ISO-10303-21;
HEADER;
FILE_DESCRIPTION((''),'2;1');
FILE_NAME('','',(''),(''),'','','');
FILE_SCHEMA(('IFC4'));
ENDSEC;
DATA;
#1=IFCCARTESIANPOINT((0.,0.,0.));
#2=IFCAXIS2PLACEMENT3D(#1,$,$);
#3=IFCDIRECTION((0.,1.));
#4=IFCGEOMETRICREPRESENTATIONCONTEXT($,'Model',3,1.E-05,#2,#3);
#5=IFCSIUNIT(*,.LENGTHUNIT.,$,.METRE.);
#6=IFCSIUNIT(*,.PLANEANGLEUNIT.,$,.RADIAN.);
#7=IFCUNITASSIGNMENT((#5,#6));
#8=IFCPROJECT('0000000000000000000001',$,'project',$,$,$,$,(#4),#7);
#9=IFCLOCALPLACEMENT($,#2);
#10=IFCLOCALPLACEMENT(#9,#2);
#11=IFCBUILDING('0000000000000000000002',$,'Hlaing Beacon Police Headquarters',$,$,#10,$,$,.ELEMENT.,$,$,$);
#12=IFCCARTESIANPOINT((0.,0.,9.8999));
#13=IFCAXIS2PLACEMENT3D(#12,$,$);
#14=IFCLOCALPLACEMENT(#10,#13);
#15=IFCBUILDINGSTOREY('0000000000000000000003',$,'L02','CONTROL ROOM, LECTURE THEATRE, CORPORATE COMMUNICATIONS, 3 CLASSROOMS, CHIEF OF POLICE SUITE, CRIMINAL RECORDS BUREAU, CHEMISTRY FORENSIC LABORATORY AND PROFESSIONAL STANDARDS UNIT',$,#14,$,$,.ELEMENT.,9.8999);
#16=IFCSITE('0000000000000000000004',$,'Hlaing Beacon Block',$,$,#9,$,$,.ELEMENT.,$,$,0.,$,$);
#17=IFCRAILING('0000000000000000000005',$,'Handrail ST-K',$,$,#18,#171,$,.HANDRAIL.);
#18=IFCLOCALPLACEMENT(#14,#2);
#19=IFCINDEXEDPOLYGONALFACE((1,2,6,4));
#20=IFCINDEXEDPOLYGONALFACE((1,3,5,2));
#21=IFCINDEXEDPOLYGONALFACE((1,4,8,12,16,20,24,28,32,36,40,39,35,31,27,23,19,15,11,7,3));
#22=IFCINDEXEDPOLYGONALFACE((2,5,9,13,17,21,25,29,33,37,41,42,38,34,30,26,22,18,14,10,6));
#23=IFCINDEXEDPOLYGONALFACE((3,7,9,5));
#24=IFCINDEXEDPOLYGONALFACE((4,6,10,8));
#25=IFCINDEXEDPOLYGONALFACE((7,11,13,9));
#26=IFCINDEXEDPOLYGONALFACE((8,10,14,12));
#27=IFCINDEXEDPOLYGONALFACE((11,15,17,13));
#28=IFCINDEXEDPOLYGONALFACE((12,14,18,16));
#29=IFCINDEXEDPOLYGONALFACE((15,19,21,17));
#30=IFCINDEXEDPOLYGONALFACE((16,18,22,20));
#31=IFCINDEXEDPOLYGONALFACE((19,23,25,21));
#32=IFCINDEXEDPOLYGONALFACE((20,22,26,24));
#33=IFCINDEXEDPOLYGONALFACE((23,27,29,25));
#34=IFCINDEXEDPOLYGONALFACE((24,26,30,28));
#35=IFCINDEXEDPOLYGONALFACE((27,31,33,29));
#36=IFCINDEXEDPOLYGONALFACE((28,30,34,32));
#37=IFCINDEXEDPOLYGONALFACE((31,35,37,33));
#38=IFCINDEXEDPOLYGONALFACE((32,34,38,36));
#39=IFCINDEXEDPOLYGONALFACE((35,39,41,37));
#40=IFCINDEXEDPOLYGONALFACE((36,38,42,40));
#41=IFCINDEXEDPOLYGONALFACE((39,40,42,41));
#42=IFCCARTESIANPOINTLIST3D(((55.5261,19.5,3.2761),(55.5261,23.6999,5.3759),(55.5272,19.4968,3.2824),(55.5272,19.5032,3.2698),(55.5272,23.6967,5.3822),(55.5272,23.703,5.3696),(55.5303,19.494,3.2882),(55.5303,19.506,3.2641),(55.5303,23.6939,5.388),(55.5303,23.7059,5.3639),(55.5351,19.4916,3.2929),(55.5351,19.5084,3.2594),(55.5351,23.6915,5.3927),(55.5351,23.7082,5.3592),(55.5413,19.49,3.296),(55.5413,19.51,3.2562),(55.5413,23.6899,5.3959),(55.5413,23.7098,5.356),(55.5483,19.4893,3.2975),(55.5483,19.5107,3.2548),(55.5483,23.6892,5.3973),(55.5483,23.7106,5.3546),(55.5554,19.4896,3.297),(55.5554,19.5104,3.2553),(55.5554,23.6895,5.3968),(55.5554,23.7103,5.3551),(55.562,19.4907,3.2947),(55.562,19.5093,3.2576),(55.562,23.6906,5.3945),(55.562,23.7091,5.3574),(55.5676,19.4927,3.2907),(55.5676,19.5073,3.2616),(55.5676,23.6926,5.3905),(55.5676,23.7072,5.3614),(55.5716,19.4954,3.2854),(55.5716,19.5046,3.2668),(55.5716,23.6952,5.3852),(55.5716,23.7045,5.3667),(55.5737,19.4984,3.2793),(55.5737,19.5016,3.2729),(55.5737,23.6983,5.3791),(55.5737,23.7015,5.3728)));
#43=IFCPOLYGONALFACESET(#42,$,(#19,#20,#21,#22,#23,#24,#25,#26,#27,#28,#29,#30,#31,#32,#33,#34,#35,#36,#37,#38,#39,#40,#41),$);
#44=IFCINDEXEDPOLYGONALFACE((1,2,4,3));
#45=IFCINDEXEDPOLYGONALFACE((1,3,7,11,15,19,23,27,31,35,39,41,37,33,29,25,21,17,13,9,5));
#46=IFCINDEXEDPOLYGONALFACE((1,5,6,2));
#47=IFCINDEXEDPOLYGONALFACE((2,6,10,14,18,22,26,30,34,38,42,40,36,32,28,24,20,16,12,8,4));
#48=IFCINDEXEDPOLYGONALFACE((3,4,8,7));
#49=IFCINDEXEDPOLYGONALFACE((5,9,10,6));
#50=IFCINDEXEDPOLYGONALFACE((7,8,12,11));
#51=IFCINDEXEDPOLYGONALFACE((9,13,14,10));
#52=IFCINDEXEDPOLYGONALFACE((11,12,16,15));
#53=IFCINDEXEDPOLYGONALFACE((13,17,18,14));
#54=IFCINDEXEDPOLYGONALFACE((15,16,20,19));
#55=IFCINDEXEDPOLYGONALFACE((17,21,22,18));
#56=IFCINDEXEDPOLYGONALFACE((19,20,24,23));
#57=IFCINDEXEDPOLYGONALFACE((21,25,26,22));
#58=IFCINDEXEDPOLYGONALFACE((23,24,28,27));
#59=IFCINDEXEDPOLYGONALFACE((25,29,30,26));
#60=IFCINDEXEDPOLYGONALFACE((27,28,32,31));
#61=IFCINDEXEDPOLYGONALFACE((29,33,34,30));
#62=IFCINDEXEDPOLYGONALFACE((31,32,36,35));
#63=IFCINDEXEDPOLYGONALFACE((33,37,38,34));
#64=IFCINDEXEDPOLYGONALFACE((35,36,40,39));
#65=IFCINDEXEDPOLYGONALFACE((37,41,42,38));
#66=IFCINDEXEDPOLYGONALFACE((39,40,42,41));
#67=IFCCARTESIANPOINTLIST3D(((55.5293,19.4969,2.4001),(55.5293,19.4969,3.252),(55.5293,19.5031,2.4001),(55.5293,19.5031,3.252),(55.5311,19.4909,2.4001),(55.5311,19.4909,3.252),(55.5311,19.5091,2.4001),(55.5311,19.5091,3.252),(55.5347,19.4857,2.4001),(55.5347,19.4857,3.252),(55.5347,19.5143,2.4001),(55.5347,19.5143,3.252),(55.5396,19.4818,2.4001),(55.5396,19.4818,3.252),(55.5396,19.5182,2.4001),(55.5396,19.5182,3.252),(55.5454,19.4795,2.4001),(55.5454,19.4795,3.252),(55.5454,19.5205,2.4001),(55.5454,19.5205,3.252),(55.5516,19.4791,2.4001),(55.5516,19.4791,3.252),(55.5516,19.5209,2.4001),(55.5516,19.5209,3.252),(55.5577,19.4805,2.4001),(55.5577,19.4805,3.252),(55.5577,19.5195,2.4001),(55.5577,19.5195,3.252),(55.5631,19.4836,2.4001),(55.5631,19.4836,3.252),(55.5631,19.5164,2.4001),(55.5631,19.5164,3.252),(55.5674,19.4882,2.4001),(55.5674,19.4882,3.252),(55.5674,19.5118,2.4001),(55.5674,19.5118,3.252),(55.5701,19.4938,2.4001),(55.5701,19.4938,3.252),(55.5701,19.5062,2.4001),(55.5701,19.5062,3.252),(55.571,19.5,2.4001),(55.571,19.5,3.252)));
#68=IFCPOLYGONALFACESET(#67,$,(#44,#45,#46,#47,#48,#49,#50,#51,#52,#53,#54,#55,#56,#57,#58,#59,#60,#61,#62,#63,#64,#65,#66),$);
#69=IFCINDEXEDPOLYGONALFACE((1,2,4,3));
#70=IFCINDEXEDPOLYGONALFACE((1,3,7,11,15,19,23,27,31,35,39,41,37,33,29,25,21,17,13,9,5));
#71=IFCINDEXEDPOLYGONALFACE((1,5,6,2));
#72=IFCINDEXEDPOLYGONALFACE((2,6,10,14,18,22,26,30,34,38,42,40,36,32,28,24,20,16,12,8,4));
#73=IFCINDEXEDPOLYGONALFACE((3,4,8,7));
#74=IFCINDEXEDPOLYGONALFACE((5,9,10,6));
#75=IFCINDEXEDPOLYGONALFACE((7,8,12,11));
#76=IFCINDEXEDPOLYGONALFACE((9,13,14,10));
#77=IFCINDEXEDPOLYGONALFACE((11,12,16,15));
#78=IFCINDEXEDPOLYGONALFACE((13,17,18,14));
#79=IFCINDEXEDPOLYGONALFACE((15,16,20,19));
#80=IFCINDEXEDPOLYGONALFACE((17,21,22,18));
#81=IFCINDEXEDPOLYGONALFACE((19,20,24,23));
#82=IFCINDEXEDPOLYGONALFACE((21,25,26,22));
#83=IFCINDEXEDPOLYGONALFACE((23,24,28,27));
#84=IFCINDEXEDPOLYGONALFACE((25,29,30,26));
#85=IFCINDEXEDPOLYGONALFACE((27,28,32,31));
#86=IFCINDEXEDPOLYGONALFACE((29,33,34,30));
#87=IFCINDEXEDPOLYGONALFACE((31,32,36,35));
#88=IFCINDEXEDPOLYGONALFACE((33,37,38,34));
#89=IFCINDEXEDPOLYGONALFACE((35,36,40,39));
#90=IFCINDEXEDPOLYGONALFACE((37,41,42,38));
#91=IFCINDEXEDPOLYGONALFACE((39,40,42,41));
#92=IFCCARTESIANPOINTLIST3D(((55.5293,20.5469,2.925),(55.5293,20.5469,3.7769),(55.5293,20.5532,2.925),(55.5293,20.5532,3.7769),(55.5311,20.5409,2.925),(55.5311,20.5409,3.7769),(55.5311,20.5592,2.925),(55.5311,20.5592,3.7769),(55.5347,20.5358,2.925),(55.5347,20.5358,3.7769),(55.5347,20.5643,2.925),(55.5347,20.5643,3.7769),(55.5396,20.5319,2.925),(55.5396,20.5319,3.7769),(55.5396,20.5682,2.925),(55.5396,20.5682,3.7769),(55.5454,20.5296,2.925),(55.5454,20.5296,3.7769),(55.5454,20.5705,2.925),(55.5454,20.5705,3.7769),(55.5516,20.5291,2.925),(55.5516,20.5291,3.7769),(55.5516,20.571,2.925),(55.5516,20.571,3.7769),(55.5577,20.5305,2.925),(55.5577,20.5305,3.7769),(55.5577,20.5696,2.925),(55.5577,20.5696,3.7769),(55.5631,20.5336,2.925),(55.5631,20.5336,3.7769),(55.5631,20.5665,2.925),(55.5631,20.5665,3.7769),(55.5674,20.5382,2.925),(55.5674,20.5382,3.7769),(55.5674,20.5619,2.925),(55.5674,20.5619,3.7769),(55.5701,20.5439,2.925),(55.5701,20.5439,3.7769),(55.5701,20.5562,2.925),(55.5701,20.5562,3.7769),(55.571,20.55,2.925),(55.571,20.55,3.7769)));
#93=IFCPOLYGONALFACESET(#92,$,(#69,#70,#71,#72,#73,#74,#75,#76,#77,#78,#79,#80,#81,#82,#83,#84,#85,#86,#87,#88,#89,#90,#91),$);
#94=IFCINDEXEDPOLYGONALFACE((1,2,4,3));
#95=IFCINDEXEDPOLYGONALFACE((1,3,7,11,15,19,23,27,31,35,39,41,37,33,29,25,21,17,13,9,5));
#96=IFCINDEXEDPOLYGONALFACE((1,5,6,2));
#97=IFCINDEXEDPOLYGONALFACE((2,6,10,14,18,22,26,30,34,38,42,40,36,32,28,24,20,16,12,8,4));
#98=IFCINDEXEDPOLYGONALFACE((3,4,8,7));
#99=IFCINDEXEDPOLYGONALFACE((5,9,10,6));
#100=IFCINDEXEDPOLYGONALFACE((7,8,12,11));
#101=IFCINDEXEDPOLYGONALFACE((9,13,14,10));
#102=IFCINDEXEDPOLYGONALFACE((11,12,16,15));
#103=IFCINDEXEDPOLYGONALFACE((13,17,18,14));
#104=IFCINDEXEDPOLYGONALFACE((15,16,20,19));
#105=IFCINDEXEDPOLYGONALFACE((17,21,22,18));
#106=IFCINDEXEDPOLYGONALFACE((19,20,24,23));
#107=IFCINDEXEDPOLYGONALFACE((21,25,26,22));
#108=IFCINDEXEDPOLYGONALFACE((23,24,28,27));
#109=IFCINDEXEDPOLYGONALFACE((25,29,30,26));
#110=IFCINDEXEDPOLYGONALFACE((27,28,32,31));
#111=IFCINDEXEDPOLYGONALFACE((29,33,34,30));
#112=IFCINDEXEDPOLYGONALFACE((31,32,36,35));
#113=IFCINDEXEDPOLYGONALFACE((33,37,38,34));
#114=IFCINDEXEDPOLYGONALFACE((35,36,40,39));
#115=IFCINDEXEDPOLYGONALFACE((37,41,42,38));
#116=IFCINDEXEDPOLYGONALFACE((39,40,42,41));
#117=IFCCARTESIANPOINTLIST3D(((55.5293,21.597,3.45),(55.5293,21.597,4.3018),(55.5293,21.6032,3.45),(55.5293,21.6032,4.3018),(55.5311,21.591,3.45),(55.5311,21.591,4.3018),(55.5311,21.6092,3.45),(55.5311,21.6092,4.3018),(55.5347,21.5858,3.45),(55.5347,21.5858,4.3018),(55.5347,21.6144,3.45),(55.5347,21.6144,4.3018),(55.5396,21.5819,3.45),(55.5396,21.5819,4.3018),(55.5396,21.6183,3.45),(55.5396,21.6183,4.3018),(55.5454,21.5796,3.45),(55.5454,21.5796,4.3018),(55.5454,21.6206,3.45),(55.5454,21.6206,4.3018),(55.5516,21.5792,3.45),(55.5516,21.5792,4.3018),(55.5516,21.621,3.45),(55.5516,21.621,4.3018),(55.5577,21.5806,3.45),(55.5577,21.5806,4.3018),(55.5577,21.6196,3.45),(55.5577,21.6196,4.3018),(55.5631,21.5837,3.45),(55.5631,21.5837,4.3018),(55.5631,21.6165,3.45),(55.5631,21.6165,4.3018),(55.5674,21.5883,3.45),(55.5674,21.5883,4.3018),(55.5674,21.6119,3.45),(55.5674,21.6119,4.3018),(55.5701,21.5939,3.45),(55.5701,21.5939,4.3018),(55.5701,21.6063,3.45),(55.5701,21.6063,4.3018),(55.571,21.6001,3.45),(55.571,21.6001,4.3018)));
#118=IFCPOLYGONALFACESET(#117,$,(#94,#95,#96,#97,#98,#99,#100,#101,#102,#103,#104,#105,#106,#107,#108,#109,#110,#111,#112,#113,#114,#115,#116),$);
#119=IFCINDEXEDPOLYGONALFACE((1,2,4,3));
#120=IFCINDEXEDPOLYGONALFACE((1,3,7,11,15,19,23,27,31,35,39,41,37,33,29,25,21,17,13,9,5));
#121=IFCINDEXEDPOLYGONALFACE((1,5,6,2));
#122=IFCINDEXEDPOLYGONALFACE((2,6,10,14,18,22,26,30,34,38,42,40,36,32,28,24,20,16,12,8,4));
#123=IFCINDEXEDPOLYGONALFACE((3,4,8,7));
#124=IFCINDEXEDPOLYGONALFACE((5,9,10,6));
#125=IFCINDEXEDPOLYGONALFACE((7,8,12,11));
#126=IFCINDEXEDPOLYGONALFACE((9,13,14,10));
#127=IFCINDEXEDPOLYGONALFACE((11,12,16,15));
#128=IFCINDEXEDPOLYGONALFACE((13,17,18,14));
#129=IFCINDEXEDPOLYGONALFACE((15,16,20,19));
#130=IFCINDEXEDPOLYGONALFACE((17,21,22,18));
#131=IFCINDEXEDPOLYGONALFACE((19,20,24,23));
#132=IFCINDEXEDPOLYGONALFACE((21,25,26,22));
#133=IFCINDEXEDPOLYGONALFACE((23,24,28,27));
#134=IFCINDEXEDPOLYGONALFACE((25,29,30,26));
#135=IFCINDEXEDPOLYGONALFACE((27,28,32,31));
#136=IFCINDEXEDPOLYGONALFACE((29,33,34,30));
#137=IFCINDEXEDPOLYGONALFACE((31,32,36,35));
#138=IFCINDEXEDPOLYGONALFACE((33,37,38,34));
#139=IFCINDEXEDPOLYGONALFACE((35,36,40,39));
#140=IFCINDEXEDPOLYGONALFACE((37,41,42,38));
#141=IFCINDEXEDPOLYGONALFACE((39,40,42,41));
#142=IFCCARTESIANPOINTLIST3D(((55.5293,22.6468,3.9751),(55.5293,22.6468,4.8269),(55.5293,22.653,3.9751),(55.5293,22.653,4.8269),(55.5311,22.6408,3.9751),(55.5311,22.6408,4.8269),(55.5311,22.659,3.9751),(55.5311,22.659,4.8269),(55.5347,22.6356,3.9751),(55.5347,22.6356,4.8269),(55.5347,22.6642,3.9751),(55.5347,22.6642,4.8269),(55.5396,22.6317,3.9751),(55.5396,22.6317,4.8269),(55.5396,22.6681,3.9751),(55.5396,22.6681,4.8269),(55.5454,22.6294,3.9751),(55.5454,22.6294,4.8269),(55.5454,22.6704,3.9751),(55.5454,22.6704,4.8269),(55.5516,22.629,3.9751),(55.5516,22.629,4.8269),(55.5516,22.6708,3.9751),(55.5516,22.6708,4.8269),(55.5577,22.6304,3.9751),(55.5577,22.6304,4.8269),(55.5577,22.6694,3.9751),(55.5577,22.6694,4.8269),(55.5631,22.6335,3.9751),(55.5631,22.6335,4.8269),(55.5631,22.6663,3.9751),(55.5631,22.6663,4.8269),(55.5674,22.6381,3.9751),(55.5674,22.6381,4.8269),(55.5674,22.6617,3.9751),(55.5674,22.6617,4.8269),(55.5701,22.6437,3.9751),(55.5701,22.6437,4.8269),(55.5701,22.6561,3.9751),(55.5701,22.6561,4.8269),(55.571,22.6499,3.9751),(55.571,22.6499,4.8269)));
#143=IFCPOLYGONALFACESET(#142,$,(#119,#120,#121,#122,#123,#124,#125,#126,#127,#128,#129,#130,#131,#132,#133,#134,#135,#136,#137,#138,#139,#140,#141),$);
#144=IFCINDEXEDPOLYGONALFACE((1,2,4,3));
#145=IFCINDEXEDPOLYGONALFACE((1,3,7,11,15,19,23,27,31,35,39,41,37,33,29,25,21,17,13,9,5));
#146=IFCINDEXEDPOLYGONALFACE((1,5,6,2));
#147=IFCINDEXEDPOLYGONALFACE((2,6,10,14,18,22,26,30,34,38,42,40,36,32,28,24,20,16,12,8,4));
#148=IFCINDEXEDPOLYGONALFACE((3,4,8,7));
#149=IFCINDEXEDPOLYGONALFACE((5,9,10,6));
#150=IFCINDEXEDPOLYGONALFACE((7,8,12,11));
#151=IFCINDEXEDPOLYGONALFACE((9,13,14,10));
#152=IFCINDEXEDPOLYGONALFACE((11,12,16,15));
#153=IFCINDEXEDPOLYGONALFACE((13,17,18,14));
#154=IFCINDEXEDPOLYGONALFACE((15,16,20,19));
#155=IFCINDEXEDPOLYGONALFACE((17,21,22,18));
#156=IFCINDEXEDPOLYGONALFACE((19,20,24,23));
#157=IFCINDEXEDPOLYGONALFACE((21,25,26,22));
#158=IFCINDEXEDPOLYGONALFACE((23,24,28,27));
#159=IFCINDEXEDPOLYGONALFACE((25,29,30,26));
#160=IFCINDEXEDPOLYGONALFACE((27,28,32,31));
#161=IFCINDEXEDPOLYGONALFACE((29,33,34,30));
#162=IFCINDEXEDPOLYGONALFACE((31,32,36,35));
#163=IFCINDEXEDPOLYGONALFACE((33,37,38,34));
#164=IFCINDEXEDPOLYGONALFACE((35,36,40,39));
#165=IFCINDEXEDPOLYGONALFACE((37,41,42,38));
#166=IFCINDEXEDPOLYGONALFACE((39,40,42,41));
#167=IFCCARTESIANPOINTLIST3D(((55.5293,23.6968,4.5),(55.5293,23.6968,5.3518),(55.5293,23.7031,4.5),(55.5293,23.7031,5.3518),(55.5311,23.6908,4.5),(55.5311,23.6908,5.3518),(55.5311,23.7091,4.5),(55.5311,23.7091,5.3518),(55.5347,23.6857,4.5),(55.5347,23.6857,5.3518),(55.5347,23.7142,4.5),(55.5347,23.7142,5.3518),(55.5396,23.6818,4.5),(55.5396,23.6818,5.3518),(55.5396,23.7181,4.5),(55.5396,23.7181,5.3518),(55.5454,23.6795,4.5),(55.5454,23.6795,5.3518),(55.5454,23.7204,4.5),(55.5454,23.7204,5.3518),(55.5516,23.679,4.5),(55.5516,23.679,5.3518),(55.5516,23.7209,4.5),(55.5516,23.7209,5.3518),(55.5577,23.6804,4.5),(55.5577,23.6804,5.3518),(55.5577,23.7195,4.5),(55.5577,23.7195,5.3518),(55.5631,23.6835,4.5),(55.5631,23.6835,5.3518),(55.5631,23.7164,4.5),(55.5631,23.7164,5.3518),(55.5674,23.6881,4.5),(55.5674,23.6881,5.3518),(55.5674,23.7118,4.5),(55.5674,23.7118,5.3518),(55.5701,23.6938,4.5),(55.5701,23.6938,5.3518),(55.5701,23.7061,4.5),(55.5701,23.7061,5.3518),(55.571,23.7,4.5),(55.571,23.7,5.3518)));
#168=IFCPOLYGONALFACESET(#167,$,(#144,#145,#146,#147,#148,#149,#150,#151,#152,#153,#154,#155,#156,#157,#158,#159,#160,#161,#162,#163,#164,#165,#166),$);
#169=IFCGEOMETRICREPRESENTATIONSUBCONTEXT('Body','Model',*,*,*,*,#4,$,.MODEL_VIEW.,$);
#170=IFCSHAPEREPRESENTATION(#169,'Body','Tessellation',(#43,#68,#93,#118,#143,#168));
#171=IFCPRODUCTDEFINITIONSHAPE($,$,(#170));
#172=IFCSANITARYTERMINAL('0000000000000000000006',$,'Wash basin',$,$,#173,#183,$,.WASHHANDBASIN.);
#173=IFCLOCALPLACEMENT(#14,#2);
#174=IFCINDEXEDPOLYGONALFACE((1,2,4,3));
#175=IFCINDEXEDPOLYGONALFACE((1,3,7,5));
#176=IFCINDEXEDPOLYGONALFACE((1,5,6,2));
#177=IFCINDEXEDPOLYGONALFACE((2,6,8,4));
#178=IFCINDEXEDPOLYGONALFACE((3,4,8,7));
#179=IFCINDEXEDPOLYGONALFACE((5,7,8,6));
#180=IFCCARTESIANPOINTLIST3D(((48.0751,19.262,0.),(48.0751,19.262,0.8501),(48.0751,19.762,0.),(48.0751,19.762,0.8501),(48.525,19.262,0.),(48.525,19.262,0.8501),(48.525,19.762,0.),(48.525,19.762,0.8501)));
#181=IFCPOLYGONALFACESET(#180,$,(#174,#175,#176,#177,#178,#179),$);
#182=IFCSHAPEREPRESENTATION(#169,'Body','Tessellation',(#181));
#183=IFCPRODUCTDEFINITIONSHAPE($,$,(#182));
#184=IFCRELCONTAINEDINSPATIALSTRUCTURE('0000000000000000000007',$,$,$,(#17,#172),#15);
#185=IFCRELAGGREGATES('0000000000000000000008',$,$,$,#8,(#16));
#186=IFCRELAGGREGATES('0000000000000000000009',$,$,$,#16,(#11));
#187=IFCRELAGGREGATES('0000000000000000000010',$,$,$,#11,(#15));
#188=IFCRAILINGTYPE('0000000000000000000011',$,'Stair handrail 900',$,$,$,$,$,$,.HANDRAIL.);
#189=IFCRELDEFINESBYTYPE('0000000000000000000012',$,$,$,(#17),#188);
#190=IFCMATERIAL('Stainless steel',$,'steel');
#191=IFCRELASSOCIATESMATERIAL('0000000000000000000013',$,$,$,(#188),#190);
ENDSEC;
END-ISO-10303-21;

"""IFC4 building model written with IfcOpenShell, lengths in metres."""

from ifc_helpers import new_model, si_unit, direction, frame, origin, origin_2d, place, context, subcontext, project, spatial, rectangle, circle, extrude, material, type_object, element, save


model = new_model("IFC4")

# Units and contexts
model_context = context("Model", 3, precision=1e-05, world=origin(), true_north=direction((0.0, 1.0)))
body_context = subcontext(model_context, "Body", "Model", "MODEL_VIEW")
ifc_project = project(units=[si_unit("LENGTHUNIT", "METRE"), si_unit("PLANEANGLEUNIT", "RADIAN")], contexts=[model_context])

# Site, building, storey
site_placement = place(None, origin())
site = spatial("IfcSite", under=ifc_project, at=site_placement, Name="Hlaing Beacon Block", CompositionType="ELEMENT", RefElevation=0.0)
building_placement = place(site_placement, origin())
building = spatial("IfcBuilding", under=site, at=building_placement, Name="Hlaing Beacon Police Headquarters", CompositionType="ELEMENT")
storey_placement = place(building_placement, frame((0.0, 0.0, 9.8999)))
storey = spatial("IfcBuildingStorey", under=building, at=storey_placement, Name="L02", Description="CONTROL ROOM, LECTURE THEATRE, CORPORATE COMMUNICATIONS, 3 CLASSROOMS, CHIEF OF POLICE SUITE, CRIMINAL RECORDS BUREAU, CHEMISTRY FORENSIC LABORATORY AND PROFESSIONAL STANDARDS UNIT", CompositionType="ELEMENT", Elevation=9.8999)

# Railing
ifc_material_1 = material(Name="Stainless steel", Category="steel")
railing_type = type_object("IfcRailingType", Name="Stair handrail 900", PredefinedType="HANDRAIL", material=ifc_material_1)
for number, where, name in (
    (1, (55.55, 19.5, 2.4001), "Handrail ST-K"),
):
    element("IfcRailing", number, at=place(storey_placement, frame(where)), inside=storey, type_object=railing_type, Name=name, PredefinedType="HANDRAIL", context=body_context, shape_type="SweptSolid", body=[
        extrude(circle(Radius=0.0239, at=origin_2d()), frame((0.0, 0.0, 0.876), z_axis=(0.0, 0.894438, 0.447193), x_axis=(-1.0, 0.0, 0.0)), (0.0, 0.0, 1.0), 4.6956),
        extrude(circle(Radius=0.021, at=origin_2d()), origin(), (0.0, 0.0, 1.0), 0.8518),
        extrude(circle(Radius=0.021, at=origin_2d()), frame((0.0, 1.05, 0.5249)), (0.0, 0.0, 1.0), 0.8518),
        extrude(circle(Radius=0.021, at=origin_2d()), frame((0.0, 2.1001, 1.0498)), (0.0, 0.0, 1.0), 0.8518),
        extrude(circle(Radius=0.021, at=origin_2d()), frame((0.0, 3.1499, 1.575)), (0.0, 0.0, 1.0), 0.8518),
        extrude(circle(Radius=0.021, at=origin_2d()), frame((0.0, 4.2, 2.0999)), (0.0, 0.0, 1.0), 0.8518),
    ])

# Sanitary terminal
sanitary_terminal_placement = place(storey_placement, frame((48.3, 19.512, 0.0), z_axis=(0.0, 0.0, 1.0), x_axis=(1.0, 0.0, 0.0)))
element("IfcSanitaryTerminal", 2, at=sanitary_terminal_placement, inside=storey, Name="Wash basin", PredefinedType="WASHHANDBASIN", context=body_context, shape_type="SweptSolid", body=[
    extrude(rectangle(XDim=0.45, YDim=0.5, at=origin_2d()), origin(), (0.0, 0.0, 1.0), 0.8501),
])

save(model, "model.ifc")
